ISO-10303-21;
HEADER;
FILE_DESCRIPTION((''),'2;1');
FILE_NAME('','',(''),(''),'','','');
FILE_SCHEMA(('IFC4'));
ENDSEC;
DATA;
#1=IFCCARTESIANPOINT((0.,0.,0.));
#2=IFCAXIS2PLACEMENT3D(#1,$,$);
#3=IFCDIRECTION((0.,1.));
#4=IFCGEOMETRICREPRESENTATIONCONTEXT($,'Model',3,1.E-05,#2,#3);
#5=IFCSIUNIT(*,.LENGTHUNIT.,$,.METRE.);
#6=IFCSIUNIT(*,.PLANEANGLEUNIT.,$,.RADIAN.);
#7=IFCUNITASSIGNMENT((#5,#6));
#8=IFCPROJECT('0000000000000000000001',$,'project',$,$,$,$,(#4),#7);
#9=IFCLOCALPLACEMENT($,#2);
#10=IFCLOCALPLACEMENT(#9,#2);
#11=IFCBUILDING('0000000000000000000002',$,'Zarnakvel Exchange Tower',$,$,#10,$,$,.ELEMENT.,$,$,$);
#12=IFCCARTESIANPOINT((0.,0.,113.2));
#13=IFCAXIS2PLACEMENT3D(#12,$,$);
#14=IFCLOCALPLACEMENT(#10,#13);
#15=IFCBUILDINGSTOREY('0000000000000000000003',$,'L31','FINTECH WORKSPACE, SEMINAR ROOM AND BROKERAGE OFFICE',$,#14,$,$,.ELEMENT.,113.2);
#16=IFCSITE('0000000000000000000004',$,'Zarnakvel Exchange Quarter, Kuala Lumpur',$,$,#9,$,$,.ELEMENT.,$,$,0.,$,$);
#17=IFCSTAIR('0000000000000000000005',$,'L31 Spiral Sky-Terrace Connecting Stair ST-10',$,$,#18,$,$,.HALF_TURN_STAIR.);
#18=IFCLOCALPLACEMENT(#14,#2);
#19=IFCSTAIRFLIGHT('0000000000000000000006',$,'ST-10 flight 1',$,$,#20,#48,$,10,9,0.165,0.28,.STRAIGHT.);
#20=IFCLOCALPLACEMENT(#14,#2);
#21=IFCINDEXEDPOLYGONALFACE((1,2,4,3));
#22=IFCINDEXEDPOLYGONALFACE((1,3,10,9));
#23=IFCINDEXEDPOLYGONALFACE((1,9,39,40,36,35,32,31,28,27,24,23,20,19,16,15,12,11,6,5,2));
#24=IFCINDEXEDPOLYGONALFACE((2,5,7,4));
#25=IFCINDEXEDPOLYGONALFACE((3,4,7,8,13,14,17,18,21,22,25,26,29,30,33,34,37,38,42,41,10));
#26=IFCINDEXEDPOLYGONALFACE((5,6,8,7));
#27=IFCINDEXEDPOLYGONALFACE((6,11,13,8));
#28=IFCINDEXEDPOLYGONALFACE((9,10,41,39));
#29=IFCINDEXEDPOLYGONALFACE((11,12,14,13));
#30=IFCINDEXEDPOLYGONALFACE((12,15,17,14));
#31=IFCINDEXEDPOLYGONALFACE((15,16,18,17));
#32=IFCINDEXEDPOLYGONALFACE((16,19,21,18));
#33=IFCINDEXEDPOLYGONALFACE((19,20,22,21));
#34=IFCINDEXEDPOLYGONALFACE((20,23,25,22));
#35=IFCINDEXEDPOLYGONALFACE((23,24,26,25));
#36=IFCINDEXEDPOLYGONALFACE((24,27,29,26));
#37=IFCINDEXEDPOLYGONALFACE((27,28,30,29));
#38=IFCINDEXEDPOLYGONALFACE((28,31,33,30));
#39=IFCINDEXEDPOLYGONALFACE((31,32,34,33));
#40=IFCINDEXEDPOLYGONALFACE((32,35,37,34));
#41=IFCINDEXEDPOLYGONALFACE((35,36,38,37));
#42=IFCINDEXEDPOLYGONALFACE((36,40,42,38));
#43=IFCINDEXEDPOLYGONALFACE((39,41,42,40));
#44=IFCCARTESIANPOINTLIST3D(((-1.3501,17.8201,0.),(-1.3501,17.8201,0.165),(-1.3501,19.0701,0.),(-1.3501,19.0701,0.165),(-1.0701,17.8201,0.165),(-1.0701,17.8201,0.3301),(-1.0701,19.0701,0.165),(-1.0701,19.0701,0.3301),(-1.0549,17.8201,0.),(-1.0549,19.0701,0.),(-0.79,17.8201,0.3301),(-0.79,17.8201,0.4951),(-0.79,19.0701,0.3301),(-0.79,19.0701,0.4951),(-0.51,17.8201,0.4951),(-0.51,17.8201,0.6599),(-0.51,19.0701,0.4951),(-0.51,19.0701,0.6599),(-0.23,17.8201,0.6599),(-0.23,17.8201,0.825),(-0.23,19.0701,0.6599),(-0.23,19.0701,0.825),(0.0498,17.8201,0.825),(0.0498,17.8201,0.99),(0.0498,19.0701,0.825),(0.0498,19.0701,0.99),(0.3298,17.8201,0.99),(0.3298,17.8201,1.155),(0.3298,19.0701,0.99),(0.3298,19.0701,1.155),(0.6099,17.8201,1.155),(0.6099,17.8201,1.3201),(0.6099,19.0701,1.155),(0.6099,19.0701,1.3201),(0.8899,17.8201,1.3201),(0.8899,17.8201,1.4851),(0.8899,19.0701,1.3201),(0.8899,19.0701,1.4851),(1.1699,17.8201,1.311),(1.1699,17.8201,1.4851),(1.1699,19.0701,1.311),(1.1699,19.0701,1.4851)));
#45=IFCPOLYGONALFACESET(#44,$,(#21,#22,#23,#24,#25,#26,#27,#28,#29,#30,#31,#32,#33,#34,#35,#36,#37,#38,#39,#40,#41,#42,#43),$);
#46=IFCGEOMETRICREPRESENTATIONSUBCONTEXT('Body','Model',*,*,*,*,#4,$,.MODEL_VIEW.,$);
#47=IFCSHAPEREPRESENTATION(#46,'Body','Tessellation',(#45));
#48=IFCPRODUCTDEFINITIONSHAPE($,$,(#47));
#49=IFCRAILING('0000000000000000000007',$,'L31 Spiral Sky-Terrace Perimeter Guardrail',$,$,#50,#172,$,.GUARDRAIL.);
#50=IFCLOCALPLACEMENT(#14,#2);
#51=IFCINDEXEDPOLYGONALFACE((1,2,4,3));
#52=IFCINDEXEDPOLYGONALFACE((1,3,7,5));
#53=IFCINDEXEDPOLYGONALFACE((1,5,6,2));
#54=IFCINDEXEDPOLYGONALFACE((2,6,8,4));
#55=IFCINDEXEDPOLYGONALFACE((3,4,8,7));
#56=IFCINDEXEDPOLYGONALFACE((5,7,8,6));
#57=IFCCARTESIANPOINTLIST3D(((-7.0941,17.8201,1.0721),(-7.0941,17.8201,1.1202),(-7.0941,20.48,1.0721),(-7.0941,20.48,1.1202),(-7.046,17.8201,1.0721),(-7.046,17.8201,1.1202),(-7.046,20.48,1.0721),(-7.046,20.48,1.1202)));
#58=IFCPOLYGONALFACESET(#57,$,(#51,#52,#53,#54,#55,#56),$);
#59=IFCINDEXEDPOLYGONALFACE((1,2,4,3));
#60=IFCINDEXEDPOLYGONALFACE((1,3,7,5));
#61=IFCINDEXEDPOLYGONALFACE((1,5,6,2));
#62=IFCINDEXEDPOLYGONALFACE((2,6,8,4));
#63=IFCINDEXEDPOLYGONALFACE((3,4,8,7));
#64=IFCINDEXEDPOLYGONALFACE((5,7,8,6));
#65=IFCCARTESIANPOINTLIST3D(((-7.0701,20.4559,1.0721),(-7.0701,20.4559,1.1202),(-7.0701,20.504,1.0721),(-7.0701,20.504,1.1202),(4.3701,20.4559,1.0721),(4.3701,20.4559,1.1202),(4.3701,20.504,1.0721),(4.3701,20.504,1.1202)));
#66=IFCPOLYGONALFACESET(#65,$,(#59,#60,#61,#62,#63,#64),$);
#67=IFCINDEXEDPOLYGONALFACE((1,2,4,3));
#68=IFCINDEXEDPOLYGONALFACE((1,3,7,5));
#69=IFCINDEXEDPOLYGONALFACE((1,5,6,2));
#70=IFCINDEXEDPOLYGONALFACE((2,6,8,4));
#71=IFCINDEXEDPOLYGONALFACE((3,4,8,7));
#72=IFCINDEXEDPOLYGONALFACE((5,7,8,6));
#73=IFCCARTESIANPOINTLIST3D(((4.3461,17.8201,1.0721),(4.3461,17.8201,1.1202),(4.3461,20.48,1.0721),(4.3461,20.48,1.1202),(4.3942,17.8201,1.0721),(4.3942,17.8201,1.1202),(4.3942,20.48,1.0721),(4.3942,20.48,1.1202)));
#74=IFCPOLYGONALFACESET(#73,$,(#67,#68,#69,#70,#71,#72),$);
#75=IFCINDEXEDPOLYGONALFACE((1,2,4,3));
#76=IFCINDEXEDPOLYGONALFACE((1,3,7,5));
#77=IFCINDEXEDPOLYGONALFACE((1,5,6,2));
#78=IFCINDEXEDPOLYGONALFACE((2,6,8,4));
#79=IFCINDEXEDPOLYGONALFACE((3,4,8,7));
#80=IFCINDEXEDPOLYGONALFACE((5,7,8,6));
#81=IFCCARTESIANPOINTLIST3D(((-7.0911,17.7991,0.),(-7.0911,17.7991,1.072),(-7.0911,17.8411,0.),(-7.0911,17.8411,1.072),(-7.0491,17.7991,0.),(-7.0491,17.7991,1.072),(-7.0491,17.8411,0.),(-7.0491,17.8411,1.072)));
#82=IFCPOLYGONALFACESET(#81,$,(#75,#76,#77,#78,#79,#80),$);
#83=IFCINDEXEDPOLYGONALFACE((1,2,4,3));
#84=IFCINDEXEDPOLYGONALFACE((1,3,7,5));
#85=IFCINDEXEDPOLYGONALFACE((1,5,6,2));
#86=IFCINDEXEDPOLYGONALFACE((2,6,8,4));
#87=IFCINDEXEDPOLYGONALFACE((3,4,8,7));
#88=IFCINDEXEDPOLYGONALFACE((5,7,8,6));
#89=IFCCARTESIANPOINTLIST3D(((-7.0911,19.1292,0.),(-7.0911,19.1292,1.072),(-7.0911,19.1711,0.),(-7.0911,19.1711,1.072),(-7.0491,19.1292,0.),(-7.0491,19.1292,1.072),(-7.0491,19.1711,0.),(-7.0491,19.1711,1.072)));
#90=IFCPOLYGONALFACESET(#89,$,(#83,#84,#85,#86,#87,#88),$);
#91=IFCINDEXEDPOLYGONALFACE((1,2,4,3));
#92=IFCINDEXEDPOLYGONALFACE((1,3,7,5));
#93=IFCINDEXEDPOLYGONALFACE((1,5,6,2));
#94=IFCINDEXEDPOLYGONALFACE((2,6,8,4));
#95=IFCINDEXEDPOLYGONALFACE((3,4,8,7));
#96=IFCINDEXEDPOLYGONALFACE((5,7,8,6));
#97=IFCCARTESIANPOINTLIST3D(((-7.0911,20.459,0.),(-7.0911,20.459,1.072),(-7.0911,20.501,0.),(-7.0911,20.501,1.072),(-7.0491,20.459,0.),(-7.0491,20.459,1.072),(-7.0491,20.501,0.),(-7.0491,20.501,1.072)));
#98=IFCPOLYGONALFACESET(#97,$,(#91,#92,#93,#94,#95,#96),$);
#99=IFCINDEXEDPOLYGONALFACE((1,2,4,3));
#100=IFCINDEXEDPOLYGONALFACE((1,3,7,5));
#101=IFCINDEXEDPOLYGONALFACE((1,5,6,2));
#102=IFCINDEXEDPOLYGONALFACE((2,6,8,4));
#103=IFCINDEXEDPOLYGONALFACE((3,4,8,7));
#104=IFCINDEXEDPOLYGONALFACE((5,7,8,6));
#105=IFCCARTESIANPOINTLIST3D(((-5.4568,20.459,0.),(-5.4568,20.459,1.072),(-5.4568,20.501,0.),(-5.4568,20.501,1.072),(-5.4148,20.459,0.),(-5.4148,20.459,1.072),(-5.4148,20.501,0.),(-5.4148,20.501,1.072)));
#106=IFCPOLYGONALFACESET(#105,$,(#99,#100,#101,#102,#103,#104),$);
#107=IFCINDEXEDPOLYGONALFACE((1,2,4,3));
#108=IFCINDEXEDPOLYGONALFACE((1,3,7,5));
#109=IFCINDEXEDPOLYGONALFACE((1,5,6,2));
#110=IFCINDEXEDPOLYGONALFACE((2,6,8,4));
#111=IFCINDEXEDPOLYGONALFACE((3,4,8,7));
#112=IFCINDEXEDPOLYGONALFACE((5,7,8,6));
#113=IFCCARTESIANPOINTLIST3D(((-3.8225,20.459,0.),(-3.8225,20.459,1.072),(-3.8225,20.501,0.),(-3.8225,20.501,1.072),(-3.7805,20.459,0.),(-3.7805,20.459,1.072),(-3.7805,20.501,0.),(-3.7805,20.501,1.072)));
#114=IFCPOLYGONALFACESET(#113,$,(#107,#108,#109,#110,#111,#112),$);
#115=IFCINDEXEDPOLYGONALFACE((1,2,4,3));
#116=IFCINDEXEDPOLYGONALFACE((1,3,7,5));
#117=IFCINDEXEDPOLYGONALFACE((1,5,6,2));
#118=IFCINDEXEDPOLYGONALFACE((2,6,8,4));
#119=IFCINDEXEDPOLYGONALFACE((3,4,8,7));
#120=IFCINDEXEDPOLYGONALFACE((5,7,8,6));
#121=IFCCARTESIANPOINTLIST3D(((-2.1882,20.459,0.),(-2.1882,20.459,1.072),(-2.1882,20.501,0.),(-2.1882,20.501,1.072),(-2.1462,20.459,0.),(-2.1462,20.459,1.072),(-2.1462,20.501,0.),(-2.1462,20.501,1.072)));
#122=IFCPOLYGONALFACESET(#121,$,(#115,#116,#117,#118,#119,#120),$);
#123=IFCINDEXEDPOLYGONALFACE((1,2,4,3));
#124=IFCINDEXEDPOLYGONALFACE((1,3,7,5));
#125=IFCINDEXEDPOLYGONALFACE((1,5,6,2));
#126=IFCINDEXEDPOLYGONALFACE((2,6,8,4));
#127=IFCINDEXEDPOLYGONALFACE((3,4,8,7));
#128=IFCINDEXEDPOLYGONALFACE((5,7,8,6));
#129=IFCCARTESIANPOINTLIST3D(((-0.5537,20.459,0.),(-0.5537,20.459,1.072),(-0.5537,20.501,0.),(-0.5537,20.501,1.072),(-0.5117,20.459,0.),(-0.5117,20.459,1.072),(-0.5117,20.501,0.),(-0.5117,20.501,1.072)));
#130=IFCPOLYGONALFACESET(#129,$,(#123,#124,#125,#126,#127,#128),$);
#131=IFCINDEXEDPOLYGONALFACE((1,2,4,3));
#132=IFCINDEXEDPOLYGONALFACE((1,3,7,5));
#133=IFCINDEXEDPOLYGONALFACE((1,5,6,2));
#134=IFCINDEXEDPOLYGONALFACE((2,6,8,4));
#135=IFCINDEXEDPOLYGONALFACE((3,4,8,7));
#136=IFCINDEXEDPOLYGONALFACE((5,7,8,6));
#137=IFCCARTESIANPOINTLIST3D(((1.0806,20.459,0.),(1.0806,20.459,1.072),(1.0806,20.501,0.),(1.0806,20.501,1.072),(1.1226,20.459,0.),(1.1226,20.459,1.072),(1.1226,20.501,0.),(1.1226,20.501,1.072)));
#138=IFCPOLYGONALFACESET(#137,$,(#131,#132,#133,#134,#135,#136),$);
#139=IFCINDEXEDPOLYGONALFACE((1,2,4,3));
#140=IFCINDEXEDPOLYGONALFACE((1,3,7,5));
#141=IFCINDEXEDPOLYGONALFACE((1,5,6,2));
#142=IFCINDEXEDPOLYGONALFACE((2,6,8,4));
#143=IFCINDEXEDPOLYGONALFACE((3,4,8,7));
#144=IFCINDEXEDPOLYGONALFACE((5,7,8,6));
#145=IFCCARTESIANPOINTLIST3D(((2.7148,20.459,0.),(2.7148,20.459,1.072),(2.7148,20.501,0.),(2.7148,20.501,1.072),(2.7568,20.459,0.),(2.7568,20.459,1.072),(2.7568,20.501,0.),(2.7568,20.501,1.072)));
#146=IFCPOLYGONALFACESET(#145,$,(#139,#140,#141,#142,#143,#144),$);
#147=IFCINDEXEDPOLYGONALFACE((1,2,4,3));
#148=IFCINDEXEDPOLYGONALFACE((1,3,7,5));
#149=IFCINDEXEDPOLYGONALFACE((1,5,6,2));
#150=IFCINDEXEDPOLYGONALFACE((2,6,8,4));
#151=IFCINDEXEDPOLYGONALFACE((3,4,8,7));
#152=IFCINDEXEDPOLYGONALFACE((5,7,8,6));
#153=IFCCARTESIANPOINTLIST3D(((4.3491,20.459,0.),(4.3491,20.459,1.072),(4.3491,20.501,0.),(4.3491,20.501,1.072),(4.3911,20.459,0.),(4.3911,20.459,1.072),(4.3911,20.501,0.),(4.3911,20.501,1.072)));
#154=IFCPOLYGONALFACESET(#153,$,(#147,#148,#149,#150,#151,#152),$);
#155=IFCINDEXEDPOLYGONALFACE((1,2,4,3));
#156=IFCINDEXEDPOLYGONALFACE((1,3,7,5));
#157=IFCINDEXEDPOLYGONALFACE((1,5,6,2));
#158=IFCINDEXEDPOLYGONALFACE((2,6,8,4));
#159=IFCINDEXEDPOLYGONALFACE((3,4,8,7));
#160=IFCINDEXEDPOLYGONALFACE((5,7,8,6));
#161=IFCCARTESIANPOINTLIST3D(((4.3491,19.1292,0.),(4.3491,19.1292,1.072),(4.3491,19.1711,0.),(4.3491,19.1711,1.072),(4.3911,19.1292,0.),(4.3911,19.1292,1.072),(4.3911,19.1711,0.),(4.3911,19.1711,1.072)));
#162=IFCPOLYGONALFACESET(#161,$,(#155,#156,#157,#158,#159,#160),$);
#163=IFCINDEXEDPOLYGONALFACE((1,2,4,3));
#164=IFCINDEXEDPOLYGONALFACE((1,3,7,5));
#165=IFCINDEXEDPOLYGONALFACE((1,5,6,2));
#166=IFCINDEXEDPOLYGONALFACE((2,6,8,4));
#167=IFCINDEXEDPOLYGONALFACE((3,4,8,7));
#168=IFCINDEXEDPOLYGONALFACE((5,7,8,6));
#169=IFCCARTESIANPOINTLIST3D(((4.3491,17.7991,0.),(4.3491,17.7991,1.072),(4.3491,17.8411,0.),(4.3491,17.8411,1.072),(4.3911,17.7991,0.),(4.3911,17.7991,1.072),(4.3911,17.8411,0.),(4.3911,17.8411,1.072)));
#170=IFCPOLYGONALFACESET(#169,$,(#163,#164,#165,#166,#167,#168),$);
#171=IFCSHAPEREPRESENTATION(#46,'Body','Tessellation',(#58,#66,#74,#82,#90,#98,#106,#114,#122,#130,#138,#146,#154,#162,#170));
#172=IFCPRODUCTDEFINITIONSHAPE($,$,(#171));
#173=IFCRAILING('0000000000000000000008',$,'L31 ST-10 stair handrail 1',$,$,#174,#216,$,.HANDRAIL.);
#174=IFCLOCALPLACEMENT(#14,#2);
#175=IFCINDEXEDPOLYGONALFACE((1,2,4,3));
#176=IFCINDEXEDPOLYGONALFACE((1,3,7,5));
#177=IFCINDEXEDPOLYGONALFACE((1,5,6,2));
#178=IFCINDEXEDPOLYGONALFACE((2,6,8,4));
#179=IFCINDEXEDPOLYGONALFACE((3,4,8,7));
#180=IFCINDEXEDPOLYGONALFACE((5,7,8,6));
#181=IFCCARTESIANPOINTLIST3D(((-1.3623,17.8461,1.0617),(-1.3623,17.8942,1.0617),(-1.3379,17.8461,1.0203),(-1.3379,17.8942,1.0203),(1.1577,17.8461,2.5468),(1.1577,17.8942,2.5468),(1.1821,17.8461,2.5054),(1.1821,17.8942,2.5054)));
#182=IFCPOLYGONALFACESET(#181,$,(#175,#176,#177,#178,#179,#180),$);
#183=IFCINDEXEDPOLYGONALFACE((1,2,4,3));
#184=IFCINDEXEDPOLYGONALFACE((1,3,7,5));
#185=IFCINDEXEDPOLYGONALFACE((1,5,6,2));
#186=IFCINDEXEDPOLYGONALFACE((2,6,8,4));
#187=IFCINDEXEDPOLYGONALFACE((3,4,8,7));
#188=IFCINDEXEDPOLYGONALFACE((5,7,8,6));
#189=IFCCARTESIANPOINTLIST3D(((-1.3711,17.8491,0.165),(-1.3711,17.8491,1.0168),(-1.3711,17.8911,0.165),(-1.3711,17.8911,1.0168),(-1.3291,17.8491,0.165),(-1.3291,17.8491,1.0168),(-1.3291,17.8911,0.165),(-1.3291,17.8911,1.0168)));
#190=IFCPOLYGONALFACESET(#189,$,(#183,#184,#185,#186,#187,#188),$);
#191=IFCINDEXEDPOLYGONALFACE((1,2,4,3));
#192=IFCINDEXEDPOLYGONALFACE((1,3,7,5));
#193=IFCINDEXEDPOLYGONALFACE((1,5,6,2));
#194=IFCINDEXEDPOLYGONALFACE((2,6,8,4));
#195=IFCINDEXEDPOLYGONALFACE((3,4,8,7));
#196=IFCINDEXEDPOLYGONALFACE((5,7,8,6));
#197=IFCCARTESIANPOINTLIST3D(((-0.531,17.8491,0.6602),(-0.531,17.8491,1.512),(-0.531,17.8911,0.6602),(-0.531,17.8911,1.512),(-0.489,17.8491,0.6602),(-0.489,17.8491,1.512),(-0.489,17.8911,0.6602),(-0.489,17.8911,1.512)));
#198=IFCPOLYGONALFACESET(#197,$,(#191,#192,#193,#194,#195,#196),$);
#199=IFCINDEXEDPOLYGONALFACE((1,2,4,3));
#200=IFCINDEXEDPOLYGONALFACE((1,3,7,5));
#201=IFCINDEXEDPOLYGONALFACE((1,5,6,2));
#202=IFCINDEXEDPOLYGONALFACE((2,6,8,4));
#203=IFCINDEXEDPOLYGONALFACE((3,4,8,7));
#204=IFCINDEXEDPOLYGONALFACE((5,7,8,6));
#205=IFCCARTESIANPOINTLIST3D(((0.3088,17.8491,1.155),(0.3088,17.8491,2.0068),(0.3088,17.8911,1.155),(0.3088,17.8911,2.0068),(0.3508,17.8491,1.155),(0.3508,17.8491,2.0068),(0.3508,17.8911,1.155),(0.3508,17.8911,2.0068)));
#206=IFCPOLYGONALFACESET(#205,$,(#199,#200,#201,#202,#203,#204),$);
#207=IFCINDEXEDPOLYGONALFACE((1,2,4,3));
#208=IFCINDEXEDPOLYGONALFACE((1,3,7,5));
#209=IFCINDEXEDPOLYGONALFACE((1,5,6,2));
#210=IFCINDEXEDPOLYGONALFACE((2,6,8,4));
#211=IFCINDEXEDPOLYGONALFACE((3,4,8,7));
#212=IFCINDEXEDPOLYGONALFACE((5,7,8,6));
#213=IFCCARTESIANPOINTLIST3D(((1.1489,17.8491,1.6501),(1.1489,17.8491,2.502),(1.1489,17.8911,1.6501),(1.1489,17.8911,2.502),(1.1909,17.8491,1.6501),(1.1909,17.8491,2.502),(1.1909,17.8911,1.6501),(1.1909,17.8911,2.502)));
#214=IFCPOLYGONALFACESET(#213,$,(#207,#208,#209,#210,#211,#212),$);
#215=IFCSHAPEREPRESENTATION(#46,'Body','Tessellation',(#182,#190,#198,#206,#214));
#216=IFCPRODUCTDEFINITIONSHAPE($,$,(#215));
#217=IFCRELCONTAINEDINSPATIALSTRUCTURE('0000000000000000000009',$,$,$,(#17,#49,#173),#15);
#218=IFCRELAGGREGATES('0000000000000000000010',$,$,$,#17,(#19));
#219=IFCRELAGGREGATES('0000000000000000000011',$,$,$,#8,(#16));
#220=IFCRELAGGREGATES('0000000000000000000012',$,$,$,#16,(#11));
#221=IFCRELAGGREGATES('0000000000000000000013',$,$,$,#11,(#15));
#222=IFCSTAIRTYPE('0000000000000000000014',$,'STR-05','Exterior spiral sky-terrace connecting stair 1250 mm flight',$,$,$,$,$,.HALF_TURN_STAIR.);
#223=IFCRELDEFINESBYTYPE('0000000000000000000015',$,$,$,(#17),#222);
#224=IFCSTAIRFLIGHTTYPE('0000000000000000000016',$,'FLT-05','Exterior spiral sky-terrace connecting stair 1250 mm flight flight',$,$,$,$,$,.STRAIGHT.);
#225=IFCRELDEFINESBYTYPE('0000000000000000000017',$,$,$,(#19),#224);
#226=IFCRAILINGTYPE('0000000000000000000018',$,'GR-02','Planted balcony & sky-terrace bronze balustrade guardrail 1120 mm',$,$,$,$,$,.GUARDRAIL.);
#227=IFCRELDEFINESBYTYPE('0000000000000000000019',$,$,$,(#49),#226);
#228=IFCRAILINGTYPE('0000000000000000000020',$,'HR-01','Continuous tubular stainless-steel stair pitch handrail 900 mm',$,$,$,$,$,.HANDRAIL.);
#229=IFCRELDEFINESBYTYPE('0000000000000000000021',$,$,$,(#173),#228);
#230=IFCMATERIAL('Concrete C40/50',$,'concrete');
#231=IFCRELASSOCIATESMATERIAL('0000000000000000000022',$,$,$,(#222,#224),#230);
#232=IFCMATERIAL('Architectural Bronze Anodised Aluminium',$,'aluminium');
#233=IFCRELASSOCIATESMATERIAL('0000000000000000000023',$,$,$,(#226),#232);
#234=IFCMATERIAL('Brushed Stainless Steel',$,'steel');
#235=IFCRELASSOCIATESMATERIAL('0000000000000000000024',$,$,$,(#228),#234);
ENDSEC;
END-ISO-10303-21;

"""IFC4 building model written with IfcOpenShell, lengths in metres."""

from ifc_helpers import new_model, si_unit, direction, frame, origin, origin_2d, place, context, subcontext, project, spatial, polyline, rectangle, outline, extrude, material, type_object, element, aggregate, save


model = new_model("IFC4")

# Units and contexts
model_context = context("Model", 3, precision=1e-05, world=origin(), true_north=direction((0.0, 1.0)))
body_context = subcontext(model_context, "Body", "Model", "MODEL_VIEW")
ifc_project = project(units=[si_unit("LENGTHUNIT", "METRE"), si_unit("PLANEANGLEUNIT", "RADIAN")], contexts=[model_context])

# Site, building, storey
site_placement = place(None, origin())
site = spatial("IfcSite", under=ifc_project, at=site_placement, Name="Zarnakvel Exchange Quarter, Kuala Lumpur", CompositionType="ELEMENT", RefElevation=0.0)
building_placement = place(site_placement, origin())
building = spatial("IfcBuilding", under=site, at=building_placement, Name="Zarnakvel Exchange Tower", CompositionType="ELEMENT")
storey_placement = place(building_placement, frame((0.0, 0.0, 113.2)))
storey = spatial("IfcBuildingStorey", under=building, at=storey_placement, Name="L31", Description="FINTECH WORKSPACE, SEMINAR ROOM AND BROKERAGE OFFICE", CompositionType="ELEMENT", Elevation=113.2)

# Shared definitions
ifc_material_1 = material(Name="Architectural Bronze Anodised Aluminium", Category="aluminium")

# Shared definitions
ifc_material_2 = material(Name="Concrete C40/50", Category="concrete")

# Stair, stair flight
stair_type = type_object("IfcStairType", Name="STR-05", Description="Exterior spiral sky-terrace connecting stair 1250 mm flight", PredefinedType="HALF_TURN_STAIR", material=ifc_material_2)
stair_placement = place(storey_placement, origin())
stair = element("IfcStair", 1, at=stair_placement, inside=storey, type_object=stair_type, Name="L31 Spiral Sky-Terrace Connecting Stair ST-10", PredefinedType="HALF_TURN_STAIR")
stair_flight_type = type_object("IfcStairFlightType", Name="FLT-05", Description="Exterior spiral sky-terrace connecting stair 1250 mm flight flight", PredefinedType="STRAIGHT", material=ifc_material_2)
stair_flight_placement = place(storey_placement, frame((-1.3501, 18.4451, 0.0), z_axis=(0.0, 0.0, 1.0), x_axis=(1.0, 0.0, 0.0)))
stair_flight = element("IfcStairFlight", 2, at=stair_flight_placement, type_object=stair_flight_type, Name="ST-10 flight 1", NumberOfRisers=10, NumberOfTreads=9, PredefinedType="STRAIGHT", RiserHeight=0.165, TreadLength=0.28, context=body_context, shape_type="SweptSolid", body=[
    extrude(outline(polyline([(0.0, 0.0), (0.0, 0.165), (0.28, 0.165), (0.28, 0.3301), (0.5601, 0.3301), (0.5601, 0.4951), (0.8401, 0.4951), (0.8401, 0.6599), (1.1201, 0.6599), (1.1201, 0.825), (1.3999, 0.825), (1.3999, 0.99), (1.6799, 0.99), (1.6799, 1.155), (1.96, 1.155), (1.96, 1.3201), (2.24, 1.3201), (2.24, 1.4851), (2.52, 1.4851), (2.52, 1.6499), (2.52, 1.311), (0.2952, 0.0), (0.0, 0.0)])), frame((0.0, 0.625, 0.0), z_axis=(0.0, -1.0, 0.0), x_axis=(1.0, 0.0, 0.0)), (0.0, 0.0, 1.0), 1.25),
])
aggregate(stair, [stair_flight])

# Railings
railing_type_1 = type_object("IfcRailingType", Name="GR-02", Description="Planted balcony & sky-terrace bronze balustrade guardrail 1120 mm", PredefinedType="GUARDRAIL", material=ifc_material_1)
railing_1_placement = place(storey_placement, frame((-7.0701, 17.8201, 0.0)))
element("IfcRailing", 3, at=railing_1_placement, inside=storey, type_object=railing_type_1, Name="L31 Spiral Sky-Terrace Perimeter Guardrail", PredefinedType="GUARDRAIL", context=body_context, shape_type="SweptSolid", body=[
    extrude(rectangle(XDim=0.0481, YDim=0.0481, at=origin_2d()), frame((0.0, 0.0, 1.0962), z_axis=(0.0, 1.0, 0.0), x_axis=(-1.0, 0.0, 0.0)), (0.0, 0.0, 1.0), 2.6599),
    extrude(rectangle(XDim=0.0481, YDim=0.0481, at=origin_2d()), frame((0.0, 2.6599, 1.0962), z_axis=(1.0, 0.0, 0.0), x_axis=(0.0, 1.0, 0.0)), (0.0, 0.0, 1.0), 11.4402),
    extrude(rectangle(XDim=0.0481, YDim=0.0481, at=origin_2d()), frame((11.4402, 2.6599, 1.0962), z_axis=(0.0, -1.0, 0.0), x_axis=(1.0, 0.0, 0.0)), (0.0, 0.0, 1.0), 2.6599),
    extrude(rectangle(XDim=0.042, YDim=0.042, at=origin_2d()), origin(), (0.0, 0.0, 1.0), 1.072),
    extrude(rectangle(XDim=0.042, YDim=0.042, at=origin_2d()), frame((0.0, 1.3301, 0.0)), (0.0, 0.0, 1.0), 1.072),
    extrude(rectangle(XDim=0.042, YDim=0.042, at=origin_2d()), frame((0.0, 2.6599, 0.0)), (0.0, 0.0, 1.0), 1.072),
    extrude(rectangle(XDim=0.042, YDim=0.042, at=origin_2d()), frame((1.6343, 2.6599, 0.0)), (0.0, 0.0, 1.0), 1.072),
    extrude(rectangle(XDim=0.042, YDim=0.042, at=origin_2d()), frame((3.2686, 2.6599, 0.0)), (0.0, 0.0, 1.0), 1.072),
    extrude(rectangle(XDim=0.042, YDim=0.042, at=origin_2d()), frame((4.9028, 2.6599, 0.0)), (0.0, 0.0, 1.0), 1.072),
    extrude(rectangle(XDim=0.042, YDim=0.042, at=origin_2d()), frame((6.5374, 2.6599, 0.0)), (0.0, 0.0, 1.0), 1.072),
    extrude(rectangle(XDim=0.042, YDim=0.042, at=origin_2d()), frame((8.1716, 2.6599, 0.0)), (0.0, 0.0, 1.0), 1.072),
    extrude(rectangle(XDim=0.042, YDim=0.042, at=origin_2d()), frame((9.8059, 2.6599, 0.0)), (0.0, 0.0, 1.0), 1.072),
    extrude(rectangle(XDim=0.042, YDim=0.042, at=origin_2d()), frame((11.4402, 2.6599, 0.0)), (0.0, 0.0, 1.0), 1.072),
    extrude(rectangle(XDim=0.042, YDim=0.042, at=origin_2d()), frame((11.4402, 1.3301, 0.0)), (0.0, 0.0, 1.0), 1.072),
    extrude(rectangle(XDim=0.042, YDim=0.042, at=origin_2d()), frame((11.4402, 0.0, 0.0)), (0.0, 0.0, 1.0), 1.072),
])
ifc_material_3 = material(Name="Brushed Stainless Steel", Category="steel")
railing_type_2 = type_object("IfcRailingType", Name="HR-01", Description="Continuous tubular stainless-steel stair pitch handrail 900 mm", PredefinedType="HANDRAIL", material=ifc_material_3)
railing_2_placement = place(storey_placement, frame((-1.3501, 17.8701, 0.165)))
element("IfcRailing", 4, at=railing_2_placement, inside=storey, type_object=railing_type_2, Name="L31 ST-10 stair handrail 1", PredefinedType="HANDRAIL", context=body_context, shape_type="SweptSolid", body=[
    extrude(rectangle(XDim=0.0481, YDim=0.0481, at=origin_2d()), frame((0.0, 0.0, 0.876), z_axis=(0.861524, 0.0, 0.507717), x_axis=(0.0, 1.0, 0.0)), (0.0, 0.0, 1.0), 2.925),
    extrude(rectangle(XDim=0.042, YDim=0.042, at=origin_2d()), origin(), (0.0, 0.0, 1.0), 0.8518),
    extrude(rectangle(XDim=0.042, YDim=0.042, at=origin_2d()), frame((0.8401, 0.0, 0.4951)), (0.0, 0.0, 1.0), 0.8518),
    extrude(rectangle(XDim=0.042, YDim=0.042, at=origin_2d()), frame((1.6799, 0.0, 0.99)), (0.0, 0.0, 1.0), 0.8518),
    extrude(rectangle(XDim=0.042, YDim=0.042, at=origin_2d()), frame((2.52, 0.0, 1.4851)), (0.0, 0.0, 1.0), 0.8518),
])

save(model, "model.ifc")
